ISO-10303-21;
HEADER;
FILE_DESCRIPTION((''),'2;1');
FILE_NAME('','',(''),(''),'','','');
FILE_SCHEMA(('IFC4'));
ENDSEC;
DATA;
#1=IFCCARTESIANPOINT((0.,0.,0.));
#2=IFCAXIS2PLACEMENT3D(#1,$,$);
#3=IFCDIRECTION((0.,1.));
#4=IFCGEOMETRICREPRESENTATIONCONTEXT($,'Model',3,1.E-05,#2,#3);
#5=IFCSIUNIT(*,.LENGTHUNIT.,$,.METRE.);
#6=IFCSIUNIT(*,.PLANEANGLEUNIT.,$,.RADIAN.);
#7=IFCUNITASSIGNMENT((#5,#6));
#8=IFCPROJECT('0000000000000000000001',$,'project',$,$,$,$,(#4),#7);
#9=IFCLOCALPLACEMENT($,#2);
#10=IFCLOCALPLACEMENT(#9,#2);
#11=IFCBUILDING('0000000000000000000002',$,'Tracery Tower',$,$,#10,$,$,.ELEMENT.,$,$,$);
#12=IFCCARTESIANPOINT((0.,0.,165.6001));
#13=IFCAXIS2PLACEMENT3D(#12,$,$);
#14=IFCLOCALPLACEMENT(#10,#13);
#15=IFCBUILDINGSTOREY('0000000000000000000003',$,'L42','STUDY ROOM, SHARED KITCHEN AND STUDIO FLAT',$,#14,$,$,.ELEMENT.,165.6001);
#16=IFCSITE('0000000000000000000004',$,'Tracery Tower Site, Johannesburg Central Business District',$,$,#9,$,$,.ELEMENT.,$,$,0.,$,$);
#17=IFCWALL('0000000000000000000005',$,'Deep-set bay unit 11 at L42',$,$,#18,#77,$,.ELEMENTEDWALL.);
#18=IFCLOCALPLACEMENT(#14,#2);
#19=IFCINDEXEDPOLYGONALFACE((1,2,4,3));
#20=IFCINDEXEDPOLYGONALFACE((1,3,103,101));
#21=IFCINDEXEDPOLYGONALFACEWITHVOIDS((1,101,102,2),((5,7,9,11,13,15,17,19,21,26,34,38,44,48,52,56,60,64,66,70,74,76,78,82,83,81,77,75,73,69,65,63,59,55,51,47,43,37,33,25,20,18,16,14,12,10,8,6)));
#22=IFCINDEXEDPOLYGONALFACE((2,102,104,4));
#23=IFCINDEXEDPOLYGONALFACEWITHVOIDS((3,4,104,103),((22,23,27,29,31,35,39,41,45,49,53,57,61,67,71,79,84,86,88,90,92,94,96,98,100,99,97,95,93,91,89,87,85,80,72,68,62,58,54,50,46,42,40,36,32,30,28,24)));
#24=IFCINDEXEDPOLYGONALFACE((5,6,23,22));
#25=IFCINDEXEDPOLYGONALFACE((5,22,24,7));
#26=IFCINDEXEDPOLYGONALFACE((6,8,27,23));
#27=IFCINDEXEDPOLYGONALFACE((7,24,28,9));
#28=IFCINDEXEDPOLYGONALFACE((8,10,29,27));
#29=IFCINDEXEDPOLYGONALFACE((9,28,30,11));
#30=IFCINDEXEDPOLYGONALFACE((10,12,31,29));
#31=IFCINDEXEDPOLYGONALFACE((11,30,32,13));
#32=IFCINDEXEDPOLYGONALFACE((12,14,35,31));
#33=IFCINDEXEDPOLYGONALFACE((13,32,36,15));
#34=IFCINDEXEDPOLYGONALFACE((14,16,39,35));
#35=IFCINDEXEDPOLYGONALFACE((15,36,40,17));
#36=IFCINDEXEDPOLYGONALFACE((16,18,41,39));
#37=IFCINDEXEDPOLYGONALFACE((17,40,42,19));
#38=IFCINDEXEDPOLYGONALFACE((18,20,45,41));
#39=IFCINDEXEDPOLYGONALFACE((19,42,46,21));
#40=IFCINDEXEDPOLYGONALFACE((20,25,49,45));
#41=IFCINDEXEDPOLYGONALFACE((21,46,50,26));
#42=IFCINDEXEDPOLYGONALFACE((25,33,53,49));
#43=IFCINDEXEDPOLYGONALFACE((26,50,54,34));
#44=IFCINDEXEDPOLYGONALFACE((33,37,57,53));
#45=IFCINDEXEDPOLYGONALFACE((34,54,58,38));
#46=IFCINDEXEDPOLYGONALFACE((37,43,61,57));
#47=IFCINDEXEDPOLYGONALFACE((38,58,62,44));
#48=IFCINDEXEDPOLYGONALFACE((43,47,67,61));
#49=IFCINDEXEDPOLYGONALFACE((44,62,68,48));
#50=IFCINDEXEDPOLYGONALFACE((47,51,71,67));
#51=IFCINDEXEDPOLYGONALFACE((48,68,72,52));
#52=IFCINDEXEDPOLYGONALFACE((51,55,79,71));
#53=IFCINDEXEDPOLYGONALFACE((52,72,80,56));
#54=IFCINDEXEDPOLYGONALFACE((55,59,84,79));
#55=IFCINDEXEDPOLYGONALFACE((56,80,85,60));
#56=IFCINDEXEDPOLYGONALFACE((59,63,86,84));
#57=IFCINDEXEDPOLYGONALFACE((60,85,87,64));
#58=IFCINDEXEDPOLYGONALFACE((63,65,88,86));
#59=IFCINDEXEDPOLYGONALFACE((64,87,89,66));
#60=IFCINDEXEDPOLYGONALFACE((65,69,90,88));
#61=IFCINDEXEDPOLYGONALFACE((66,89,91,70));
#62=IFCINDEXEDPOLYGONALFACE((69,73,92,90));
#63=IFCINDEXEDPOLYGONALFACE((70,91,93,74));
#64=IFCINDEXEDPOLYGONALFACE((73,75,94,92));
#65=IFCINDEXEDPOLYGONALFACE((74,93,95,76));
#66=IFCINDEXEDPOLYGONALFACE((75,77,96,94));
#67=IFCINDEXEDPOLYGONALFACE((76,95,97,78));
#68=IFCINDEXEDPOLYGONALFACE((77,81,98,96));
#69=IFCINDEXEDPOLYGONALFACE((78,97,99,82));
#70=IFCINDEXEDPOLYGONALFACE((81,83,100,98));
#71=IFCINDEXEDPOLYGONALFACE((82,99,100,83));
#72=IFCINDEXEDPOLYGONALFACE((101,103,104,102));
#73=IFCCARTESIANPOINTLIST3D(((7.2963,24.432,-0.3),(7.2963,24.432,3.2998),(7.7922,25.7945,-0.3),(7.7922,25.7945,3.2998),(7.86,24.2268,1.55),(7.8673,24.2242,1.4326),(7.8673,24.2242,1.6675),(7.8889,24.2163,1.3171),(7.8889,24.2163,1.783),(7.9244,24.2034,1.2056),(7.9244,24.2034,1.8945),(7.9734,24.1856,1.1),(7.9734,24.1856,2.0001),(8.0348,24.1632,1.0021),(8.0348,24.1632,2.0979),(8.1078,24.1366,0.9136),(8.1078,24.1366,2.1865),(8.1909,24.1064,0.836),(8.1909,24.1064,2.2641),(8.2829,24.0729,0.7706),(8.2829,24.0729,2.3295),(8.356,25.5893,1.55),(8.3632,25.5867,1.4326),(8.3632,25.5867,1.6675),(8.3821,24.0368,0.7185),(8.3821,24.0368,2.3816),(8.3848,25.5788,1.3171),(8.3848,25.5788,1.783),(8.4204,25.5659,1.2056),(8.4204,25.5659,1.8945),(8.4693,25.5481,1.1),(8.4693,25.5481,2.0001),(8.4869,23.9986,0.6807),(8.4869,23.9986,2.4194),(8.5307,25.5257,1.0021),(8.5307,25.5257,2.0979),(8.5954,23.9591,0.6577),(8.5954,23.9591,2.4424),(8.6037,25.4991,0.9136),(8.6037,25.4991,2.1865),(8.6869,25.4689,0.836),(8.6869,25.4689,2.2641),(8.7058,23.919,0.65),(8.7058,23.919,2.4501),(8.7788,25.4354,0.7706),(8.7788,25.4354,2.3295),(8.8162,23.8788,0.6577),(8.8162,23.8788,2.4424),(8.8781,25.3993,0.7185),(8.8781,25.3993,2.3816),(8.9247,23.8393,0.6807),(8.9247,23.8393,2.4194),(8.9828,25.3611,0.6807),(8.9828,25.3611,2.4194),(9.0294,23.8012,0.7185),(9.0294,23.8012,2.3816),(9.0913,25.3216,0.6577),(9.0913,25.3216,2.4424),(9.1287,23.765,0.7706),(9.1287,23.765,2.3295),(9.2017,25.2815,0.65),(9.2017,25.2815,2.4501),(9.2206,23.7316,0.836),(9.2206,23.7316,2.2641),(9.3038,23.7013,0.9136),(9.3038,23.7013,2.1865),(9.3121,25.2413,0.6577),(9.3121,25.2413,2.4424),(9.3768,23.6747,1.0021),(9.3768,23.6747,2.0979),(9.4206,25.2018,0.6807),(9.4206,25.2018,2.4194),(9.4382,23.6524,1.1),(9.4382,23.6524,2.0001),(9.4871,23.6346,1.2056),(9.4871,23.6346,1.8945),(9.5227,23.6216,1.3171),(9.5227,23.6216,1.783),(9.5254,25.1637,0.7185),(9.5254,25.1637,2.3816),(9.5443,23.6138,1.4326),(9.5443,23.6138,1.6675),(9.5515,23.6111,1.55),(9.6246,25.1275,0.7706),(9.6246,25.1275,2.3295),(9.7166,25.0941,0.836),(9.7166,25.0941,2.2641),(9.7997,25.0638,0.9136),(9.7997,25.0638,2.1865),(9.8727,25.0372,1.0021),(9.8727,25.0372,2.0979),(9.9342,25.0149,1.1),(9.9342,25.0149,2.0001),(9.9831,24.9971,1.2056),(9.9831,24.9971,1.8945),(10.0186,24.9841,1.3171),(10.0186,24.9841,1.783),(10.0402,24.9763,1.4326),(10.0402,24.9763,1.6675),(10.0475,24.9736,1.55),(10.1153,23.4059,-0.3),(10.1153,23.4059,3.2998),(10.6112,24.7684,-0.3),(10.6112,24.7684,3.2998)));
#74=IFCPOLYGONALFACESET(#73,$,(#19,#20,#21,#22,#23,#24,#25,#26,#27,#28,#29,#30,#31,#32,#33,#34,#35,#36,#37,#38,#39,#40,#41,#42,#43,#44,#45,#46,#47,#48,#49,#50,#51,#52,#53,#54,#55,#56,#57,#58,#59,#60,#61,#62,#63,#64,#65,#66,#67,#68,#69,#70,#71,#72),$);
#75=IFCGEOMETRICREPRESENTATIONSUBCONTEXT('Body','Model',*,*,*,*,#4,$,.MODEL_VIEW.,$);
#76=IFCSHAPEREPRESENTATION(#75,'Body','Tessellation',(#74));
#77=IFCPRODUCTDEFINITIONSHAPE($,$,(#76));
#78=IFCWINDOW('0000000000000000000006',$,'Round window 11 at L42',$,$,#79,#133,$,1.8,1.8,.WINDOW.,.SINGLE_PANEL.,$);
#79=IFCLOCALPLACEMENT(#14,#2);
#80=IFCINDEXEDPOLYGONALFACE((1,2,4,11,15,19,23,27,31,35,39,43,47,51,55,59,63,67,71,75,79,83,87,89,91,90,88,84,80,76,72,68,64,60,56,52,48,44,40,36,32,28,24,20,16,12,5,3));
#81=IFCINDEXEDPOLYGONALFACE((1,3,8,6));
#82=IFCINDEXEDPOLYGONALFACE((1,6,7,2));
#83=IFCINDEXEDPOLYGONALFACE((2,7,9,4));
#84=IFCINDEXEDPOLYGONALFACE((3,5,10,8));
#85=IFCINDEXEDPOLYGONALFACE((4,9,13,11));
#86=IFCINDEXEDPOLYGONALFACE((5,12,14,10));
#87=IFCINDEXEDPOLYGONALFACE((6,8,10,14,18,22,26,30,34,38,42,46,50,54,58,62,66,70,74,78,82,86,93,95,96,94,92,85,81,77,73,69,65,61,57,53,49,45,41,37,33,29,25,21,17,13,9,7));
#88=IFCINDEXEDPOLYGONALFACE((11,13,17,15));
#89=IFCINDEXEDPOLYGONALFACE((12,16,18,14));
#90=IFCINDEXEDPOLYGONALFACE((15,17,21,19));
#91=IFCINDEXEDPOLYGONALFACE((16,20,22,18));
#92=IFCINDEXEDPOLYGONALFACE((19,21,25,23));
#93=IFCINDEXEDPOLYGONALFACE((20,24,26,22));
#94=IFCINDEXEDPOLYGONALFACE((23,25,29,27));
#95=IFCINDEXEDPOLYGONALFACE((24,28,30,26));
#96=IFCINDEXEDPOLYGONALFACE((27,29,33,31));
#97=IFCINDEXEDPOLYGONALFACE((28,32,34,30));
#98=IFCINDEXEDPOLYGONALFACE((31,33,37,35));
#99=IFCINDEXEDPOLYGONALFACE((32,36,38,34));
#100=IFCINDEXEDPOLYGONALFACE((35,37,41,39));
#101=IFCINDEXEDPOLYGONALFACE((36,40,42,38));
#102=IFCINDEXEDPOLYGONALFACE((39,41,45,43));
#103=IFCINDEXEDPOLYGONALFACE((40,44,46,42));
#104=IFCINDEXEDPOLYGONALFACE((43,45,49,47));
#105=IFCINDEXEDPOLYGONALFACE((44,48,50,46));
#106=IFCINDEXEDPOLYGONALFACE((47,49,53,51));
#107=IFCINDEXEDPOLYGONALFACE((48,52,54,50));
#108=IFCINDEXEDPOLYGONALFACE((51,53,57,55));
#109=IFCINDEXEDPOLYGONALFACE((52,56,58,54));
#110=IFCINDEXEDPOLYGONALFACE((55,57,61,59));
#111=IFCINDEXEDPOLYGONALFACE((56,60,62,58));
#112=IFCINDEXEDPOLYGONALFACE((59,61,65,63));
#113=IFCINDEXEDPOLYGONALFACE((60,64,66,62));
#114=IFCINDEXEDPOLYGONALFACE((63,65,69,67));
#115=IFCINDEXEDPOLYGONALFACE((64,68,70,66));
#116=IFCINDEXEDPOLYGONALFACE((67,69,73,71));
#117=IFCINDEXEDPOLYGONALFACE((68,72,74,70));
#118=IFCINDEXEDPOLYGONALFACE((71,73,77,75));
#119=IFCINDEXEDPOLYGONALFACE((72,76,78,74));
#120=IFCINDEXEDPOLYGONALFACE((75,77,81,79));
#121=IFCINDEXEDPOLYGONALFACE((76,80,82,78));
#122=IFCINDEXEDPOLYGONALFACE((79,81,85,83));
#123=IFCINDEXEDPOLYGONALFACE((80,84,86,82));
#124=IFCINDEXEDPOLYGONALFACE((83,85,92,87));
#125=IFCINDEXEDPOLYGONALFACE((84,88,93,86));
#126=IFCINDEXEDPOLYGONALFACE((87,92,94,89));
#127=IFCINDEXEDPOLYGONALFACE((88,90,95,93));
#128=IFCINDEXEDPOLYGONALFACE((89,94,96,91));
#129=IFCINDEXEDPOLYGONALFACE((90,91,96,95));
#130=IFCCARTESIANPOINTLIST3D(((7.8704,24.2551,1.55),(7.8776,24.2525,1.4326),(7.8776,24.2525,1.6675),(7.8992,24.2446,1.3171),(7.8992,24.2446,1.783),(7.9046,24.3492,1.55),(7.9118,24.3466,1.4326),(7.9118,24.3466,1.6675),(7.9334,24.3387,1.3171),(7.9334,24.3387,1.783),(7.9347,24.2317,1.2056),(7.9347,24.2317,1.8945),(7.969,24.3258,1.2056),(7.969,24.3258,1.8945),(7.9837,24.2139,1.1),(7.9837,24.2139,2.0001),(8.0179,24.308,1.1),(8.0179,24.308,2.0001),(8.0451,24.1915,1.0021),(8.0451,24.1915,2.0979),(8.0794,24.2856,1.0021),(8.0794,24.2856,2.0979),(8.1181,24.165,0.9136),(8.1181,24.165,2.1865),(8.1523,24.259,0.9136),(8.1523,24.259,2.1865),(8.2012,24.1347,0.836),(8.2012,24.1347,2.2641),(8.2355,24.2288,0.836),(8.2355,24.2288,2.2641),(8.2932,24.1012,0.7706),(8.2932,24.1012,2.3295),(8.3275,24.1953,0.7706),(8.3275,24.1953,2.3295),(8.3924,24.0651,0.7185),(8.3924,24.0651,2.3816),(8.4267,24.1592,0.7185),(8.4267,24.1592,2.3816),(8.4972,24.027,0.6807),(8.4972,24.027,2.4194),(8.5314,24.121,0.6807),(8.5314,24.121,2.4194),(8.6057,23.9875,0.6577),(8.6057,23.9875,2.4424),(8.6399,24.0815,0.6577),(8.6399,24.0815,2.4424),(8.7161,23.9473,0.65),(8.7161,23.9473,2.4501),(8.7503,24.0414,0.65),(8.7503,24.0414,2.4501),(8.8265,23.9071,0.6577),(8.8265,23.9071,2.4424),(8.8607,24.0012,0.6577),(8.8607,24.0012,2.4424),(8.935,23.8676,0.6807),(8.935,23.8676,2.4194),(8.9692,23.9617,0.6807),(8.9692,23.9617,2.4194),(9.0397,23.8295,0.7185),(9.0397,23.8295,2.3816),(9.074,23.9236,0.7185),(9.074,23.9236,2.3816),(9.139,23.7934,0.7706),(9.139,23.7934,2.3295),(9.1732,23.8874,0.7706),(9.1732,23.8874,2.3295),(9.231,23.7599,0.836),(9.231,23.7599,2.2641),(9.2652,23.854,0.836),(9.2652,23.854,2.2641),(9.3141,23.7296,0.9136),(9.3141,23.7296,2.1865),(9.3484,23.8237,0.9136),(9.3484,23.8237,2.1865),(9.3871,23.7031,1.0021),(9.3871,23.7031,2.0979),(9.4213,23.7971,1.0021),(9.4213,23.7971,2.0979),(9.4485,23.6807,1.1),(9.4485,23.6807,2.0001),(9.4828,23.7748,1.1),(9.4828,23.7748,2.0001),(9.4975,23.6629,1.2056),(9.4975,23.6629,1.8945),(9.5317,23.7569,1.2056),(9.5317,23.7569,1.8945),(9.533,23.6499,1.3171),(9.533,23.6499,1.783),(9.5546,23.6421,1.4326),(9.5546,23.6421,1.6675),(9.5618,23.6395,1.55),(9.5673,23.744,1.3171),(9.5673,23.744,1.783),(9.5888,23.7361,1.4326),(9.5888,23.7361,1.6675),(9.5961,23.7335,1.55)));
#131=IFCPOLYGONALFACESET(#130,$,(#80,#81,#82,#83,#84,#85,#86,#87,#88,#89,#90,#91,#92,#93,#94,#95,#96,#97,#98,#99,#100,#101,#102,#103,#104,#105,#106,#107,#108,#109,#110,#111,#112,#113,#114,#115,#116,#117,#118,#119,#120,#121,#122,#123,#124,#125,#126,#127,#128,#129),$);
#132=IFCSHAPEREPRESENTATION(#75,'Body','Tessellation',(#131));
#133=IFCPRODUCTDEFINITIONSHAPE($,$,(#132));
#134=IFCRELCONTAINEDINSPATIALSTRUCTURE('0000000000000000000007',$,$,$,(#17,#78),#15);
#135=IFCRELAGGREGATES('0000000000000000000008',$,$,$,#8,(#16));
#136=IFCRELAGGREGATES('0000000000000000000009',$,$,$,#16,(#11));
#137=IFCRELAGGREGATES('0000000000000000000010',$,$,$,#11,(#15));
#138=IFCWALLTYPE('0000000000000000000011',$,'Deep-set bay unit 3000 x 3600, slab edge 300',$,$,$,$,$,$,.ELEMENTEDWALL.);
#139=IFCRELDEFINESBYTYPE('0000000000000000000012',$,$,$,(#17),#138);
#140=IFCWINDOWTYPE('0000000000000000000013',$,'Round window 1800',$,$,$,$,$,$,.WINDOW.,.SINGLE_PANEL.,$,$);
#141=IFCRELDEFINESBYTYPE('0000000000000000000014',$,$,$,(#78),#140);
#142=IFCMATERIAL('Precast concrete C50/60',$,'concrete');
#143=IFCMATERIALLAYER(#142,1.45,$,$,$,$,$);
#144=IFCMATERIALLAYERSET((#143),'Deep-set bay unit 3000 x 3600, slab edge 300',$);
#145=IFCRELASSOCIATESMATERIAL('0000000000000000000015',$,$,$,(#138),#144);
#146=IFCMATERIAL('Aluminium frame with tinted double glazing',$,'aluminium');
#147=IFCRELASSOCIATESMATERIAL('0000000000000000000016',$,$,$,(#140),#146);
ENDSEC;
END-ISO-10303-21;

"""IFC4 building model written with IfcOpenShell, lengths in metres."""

from ifc_helpers import new_model, si_unit, direction, frame, frame_2d, origin, origin_2d, place, context, subcontext, project, spatial, rectangle, circle, extrude, material, layer, layer_set, type_object, element, fill, save


model = new_model("IFC4")

# Units and contexts
model_context = context("Model", 3, precision=1e-05, world=origin(), true_north=direction((0.0, 1.0)))
body_context = subcontext(model_context, "Body", "Model", "MODEL_VIEW")
ifc_project = project(units=[si_unit("LENGTHUNIT", "METRE"), si_unit("PLANEANGLEUNIT", "RADIAN")], contexts=[model_context])

# Site, building, storey
site_placement = place(None, origin())
site = spatial("IfcSite", under=ifc_project, at=site_placement, Name="Tracery Tower Site, Johannesburg Central Business District", CompositionType="ELEMENT", RefElevation=0.0)
building_placement = place(site_placement, origin())
building = spatial("IfcBuilding", under=site, at=building_placement, Name="Tracery Tower", CompositionType="ELEMENT")
storey_placement = place(building_placement, frame((0.0, 0.0, 165.6001)))
storey = spatial("IfcBuildingStorey", under=building, at=storey_placement, Name="L42", Description="STUDY ROOM, SHARED KITCHEN AND STUDIO FLAT", CompositionType="ELEMENT", Elevation=165.6001)

# Wall, opening, window
ifc_material_1 = material(Name="Precast concrete C50/60", Category="concrete")
ifc_layer_1 = layer(ifc_material_1, 1.45)
ifc_layer_set_1 = layer_set([ifc_layer_1], Name="Deep-set bay unit 3000 x 3600, slab edge 300")
wall_type_1 = type_object("IfcWallType", Name="Deep-set bay unit 3000 x 3600, slab edge 300", PredefinedType="ELEMENTEDWALL", material=ifc_layer_set_1)
ifc_material_2 = material(Name="Aluminium frame with tinted double glazing", Category="aluminium")
window_type = type_object("IfcWindowType", Name="Round window 1800", PartitioningType="SINGLE_PANEL", PredefinedType="WINDOW", material=ifc_material_2)
wall_1_placement = place(storey_placement, frame((10.3633, 24.0872, -0.3), z_axis=(0.0, 0.0, 1.0), x_axis=(-0.939686, 0.342037, 0.0)))
wall_1 = element("IfcWall", 1, at=wall_1_placement, inside=storey, type_object=wall_type_1, Name="Deep-set bay unit 11 at L42", PredefinedType="ELEMENTEDWALL", context=body_context, shape_type="SweptSolid", body=[
    extrude(rectangle(XDim=3.0, YDim=1.45, at=frame_2d((1.5, 0.0))), origin(), (0.0, 0.0, 1.0), 3.5999),
])
opening_1_placement = place(wall_1_placement, frame((1.5, 0.0, 1.8501)))
opening_1 = element("IfcOpeningElement", 2, at=opening_1_placement, cuts=wall_1, PredefinedType="OPENING", context=body_context, shape_type="SweptSolid", body=[
    extrude(circle(Radius=0.9, at=origin_2d()), frame((0.0, 0.7349, 0.0), z_axis=(0.0, -1.0, 0.0), x_axis=(1.0, 0.0, 0.0)), (0.0, 0.0, 1.0), 1.47),
])
window_1_placement = place(opening_1_placement, origin())
window_1 = element("IfcWindow", 3, at=window_1_placement, inside=storey, type_object=window_type, Name="Round window 11 at L42", OverallHeight=1.8, OverallWidth=1.8, PartitioningType="SINGLE_PANEL", PredefinedType="WINDOW", context=body_context, shape_type="SweptSolid", body=[
    extrude(circle(Radius=0.9, at=origin_2d()), frame((0.0, 0.6948, 0.0), z_axis=(0.0, -1.0, 0.0), x_axis=(1.0, 0.0, 0.0)), (0.0, 0.0, 1.0), 0.1001),
])
fill(opening_1, window_1)

save(model, "model.ifc")
